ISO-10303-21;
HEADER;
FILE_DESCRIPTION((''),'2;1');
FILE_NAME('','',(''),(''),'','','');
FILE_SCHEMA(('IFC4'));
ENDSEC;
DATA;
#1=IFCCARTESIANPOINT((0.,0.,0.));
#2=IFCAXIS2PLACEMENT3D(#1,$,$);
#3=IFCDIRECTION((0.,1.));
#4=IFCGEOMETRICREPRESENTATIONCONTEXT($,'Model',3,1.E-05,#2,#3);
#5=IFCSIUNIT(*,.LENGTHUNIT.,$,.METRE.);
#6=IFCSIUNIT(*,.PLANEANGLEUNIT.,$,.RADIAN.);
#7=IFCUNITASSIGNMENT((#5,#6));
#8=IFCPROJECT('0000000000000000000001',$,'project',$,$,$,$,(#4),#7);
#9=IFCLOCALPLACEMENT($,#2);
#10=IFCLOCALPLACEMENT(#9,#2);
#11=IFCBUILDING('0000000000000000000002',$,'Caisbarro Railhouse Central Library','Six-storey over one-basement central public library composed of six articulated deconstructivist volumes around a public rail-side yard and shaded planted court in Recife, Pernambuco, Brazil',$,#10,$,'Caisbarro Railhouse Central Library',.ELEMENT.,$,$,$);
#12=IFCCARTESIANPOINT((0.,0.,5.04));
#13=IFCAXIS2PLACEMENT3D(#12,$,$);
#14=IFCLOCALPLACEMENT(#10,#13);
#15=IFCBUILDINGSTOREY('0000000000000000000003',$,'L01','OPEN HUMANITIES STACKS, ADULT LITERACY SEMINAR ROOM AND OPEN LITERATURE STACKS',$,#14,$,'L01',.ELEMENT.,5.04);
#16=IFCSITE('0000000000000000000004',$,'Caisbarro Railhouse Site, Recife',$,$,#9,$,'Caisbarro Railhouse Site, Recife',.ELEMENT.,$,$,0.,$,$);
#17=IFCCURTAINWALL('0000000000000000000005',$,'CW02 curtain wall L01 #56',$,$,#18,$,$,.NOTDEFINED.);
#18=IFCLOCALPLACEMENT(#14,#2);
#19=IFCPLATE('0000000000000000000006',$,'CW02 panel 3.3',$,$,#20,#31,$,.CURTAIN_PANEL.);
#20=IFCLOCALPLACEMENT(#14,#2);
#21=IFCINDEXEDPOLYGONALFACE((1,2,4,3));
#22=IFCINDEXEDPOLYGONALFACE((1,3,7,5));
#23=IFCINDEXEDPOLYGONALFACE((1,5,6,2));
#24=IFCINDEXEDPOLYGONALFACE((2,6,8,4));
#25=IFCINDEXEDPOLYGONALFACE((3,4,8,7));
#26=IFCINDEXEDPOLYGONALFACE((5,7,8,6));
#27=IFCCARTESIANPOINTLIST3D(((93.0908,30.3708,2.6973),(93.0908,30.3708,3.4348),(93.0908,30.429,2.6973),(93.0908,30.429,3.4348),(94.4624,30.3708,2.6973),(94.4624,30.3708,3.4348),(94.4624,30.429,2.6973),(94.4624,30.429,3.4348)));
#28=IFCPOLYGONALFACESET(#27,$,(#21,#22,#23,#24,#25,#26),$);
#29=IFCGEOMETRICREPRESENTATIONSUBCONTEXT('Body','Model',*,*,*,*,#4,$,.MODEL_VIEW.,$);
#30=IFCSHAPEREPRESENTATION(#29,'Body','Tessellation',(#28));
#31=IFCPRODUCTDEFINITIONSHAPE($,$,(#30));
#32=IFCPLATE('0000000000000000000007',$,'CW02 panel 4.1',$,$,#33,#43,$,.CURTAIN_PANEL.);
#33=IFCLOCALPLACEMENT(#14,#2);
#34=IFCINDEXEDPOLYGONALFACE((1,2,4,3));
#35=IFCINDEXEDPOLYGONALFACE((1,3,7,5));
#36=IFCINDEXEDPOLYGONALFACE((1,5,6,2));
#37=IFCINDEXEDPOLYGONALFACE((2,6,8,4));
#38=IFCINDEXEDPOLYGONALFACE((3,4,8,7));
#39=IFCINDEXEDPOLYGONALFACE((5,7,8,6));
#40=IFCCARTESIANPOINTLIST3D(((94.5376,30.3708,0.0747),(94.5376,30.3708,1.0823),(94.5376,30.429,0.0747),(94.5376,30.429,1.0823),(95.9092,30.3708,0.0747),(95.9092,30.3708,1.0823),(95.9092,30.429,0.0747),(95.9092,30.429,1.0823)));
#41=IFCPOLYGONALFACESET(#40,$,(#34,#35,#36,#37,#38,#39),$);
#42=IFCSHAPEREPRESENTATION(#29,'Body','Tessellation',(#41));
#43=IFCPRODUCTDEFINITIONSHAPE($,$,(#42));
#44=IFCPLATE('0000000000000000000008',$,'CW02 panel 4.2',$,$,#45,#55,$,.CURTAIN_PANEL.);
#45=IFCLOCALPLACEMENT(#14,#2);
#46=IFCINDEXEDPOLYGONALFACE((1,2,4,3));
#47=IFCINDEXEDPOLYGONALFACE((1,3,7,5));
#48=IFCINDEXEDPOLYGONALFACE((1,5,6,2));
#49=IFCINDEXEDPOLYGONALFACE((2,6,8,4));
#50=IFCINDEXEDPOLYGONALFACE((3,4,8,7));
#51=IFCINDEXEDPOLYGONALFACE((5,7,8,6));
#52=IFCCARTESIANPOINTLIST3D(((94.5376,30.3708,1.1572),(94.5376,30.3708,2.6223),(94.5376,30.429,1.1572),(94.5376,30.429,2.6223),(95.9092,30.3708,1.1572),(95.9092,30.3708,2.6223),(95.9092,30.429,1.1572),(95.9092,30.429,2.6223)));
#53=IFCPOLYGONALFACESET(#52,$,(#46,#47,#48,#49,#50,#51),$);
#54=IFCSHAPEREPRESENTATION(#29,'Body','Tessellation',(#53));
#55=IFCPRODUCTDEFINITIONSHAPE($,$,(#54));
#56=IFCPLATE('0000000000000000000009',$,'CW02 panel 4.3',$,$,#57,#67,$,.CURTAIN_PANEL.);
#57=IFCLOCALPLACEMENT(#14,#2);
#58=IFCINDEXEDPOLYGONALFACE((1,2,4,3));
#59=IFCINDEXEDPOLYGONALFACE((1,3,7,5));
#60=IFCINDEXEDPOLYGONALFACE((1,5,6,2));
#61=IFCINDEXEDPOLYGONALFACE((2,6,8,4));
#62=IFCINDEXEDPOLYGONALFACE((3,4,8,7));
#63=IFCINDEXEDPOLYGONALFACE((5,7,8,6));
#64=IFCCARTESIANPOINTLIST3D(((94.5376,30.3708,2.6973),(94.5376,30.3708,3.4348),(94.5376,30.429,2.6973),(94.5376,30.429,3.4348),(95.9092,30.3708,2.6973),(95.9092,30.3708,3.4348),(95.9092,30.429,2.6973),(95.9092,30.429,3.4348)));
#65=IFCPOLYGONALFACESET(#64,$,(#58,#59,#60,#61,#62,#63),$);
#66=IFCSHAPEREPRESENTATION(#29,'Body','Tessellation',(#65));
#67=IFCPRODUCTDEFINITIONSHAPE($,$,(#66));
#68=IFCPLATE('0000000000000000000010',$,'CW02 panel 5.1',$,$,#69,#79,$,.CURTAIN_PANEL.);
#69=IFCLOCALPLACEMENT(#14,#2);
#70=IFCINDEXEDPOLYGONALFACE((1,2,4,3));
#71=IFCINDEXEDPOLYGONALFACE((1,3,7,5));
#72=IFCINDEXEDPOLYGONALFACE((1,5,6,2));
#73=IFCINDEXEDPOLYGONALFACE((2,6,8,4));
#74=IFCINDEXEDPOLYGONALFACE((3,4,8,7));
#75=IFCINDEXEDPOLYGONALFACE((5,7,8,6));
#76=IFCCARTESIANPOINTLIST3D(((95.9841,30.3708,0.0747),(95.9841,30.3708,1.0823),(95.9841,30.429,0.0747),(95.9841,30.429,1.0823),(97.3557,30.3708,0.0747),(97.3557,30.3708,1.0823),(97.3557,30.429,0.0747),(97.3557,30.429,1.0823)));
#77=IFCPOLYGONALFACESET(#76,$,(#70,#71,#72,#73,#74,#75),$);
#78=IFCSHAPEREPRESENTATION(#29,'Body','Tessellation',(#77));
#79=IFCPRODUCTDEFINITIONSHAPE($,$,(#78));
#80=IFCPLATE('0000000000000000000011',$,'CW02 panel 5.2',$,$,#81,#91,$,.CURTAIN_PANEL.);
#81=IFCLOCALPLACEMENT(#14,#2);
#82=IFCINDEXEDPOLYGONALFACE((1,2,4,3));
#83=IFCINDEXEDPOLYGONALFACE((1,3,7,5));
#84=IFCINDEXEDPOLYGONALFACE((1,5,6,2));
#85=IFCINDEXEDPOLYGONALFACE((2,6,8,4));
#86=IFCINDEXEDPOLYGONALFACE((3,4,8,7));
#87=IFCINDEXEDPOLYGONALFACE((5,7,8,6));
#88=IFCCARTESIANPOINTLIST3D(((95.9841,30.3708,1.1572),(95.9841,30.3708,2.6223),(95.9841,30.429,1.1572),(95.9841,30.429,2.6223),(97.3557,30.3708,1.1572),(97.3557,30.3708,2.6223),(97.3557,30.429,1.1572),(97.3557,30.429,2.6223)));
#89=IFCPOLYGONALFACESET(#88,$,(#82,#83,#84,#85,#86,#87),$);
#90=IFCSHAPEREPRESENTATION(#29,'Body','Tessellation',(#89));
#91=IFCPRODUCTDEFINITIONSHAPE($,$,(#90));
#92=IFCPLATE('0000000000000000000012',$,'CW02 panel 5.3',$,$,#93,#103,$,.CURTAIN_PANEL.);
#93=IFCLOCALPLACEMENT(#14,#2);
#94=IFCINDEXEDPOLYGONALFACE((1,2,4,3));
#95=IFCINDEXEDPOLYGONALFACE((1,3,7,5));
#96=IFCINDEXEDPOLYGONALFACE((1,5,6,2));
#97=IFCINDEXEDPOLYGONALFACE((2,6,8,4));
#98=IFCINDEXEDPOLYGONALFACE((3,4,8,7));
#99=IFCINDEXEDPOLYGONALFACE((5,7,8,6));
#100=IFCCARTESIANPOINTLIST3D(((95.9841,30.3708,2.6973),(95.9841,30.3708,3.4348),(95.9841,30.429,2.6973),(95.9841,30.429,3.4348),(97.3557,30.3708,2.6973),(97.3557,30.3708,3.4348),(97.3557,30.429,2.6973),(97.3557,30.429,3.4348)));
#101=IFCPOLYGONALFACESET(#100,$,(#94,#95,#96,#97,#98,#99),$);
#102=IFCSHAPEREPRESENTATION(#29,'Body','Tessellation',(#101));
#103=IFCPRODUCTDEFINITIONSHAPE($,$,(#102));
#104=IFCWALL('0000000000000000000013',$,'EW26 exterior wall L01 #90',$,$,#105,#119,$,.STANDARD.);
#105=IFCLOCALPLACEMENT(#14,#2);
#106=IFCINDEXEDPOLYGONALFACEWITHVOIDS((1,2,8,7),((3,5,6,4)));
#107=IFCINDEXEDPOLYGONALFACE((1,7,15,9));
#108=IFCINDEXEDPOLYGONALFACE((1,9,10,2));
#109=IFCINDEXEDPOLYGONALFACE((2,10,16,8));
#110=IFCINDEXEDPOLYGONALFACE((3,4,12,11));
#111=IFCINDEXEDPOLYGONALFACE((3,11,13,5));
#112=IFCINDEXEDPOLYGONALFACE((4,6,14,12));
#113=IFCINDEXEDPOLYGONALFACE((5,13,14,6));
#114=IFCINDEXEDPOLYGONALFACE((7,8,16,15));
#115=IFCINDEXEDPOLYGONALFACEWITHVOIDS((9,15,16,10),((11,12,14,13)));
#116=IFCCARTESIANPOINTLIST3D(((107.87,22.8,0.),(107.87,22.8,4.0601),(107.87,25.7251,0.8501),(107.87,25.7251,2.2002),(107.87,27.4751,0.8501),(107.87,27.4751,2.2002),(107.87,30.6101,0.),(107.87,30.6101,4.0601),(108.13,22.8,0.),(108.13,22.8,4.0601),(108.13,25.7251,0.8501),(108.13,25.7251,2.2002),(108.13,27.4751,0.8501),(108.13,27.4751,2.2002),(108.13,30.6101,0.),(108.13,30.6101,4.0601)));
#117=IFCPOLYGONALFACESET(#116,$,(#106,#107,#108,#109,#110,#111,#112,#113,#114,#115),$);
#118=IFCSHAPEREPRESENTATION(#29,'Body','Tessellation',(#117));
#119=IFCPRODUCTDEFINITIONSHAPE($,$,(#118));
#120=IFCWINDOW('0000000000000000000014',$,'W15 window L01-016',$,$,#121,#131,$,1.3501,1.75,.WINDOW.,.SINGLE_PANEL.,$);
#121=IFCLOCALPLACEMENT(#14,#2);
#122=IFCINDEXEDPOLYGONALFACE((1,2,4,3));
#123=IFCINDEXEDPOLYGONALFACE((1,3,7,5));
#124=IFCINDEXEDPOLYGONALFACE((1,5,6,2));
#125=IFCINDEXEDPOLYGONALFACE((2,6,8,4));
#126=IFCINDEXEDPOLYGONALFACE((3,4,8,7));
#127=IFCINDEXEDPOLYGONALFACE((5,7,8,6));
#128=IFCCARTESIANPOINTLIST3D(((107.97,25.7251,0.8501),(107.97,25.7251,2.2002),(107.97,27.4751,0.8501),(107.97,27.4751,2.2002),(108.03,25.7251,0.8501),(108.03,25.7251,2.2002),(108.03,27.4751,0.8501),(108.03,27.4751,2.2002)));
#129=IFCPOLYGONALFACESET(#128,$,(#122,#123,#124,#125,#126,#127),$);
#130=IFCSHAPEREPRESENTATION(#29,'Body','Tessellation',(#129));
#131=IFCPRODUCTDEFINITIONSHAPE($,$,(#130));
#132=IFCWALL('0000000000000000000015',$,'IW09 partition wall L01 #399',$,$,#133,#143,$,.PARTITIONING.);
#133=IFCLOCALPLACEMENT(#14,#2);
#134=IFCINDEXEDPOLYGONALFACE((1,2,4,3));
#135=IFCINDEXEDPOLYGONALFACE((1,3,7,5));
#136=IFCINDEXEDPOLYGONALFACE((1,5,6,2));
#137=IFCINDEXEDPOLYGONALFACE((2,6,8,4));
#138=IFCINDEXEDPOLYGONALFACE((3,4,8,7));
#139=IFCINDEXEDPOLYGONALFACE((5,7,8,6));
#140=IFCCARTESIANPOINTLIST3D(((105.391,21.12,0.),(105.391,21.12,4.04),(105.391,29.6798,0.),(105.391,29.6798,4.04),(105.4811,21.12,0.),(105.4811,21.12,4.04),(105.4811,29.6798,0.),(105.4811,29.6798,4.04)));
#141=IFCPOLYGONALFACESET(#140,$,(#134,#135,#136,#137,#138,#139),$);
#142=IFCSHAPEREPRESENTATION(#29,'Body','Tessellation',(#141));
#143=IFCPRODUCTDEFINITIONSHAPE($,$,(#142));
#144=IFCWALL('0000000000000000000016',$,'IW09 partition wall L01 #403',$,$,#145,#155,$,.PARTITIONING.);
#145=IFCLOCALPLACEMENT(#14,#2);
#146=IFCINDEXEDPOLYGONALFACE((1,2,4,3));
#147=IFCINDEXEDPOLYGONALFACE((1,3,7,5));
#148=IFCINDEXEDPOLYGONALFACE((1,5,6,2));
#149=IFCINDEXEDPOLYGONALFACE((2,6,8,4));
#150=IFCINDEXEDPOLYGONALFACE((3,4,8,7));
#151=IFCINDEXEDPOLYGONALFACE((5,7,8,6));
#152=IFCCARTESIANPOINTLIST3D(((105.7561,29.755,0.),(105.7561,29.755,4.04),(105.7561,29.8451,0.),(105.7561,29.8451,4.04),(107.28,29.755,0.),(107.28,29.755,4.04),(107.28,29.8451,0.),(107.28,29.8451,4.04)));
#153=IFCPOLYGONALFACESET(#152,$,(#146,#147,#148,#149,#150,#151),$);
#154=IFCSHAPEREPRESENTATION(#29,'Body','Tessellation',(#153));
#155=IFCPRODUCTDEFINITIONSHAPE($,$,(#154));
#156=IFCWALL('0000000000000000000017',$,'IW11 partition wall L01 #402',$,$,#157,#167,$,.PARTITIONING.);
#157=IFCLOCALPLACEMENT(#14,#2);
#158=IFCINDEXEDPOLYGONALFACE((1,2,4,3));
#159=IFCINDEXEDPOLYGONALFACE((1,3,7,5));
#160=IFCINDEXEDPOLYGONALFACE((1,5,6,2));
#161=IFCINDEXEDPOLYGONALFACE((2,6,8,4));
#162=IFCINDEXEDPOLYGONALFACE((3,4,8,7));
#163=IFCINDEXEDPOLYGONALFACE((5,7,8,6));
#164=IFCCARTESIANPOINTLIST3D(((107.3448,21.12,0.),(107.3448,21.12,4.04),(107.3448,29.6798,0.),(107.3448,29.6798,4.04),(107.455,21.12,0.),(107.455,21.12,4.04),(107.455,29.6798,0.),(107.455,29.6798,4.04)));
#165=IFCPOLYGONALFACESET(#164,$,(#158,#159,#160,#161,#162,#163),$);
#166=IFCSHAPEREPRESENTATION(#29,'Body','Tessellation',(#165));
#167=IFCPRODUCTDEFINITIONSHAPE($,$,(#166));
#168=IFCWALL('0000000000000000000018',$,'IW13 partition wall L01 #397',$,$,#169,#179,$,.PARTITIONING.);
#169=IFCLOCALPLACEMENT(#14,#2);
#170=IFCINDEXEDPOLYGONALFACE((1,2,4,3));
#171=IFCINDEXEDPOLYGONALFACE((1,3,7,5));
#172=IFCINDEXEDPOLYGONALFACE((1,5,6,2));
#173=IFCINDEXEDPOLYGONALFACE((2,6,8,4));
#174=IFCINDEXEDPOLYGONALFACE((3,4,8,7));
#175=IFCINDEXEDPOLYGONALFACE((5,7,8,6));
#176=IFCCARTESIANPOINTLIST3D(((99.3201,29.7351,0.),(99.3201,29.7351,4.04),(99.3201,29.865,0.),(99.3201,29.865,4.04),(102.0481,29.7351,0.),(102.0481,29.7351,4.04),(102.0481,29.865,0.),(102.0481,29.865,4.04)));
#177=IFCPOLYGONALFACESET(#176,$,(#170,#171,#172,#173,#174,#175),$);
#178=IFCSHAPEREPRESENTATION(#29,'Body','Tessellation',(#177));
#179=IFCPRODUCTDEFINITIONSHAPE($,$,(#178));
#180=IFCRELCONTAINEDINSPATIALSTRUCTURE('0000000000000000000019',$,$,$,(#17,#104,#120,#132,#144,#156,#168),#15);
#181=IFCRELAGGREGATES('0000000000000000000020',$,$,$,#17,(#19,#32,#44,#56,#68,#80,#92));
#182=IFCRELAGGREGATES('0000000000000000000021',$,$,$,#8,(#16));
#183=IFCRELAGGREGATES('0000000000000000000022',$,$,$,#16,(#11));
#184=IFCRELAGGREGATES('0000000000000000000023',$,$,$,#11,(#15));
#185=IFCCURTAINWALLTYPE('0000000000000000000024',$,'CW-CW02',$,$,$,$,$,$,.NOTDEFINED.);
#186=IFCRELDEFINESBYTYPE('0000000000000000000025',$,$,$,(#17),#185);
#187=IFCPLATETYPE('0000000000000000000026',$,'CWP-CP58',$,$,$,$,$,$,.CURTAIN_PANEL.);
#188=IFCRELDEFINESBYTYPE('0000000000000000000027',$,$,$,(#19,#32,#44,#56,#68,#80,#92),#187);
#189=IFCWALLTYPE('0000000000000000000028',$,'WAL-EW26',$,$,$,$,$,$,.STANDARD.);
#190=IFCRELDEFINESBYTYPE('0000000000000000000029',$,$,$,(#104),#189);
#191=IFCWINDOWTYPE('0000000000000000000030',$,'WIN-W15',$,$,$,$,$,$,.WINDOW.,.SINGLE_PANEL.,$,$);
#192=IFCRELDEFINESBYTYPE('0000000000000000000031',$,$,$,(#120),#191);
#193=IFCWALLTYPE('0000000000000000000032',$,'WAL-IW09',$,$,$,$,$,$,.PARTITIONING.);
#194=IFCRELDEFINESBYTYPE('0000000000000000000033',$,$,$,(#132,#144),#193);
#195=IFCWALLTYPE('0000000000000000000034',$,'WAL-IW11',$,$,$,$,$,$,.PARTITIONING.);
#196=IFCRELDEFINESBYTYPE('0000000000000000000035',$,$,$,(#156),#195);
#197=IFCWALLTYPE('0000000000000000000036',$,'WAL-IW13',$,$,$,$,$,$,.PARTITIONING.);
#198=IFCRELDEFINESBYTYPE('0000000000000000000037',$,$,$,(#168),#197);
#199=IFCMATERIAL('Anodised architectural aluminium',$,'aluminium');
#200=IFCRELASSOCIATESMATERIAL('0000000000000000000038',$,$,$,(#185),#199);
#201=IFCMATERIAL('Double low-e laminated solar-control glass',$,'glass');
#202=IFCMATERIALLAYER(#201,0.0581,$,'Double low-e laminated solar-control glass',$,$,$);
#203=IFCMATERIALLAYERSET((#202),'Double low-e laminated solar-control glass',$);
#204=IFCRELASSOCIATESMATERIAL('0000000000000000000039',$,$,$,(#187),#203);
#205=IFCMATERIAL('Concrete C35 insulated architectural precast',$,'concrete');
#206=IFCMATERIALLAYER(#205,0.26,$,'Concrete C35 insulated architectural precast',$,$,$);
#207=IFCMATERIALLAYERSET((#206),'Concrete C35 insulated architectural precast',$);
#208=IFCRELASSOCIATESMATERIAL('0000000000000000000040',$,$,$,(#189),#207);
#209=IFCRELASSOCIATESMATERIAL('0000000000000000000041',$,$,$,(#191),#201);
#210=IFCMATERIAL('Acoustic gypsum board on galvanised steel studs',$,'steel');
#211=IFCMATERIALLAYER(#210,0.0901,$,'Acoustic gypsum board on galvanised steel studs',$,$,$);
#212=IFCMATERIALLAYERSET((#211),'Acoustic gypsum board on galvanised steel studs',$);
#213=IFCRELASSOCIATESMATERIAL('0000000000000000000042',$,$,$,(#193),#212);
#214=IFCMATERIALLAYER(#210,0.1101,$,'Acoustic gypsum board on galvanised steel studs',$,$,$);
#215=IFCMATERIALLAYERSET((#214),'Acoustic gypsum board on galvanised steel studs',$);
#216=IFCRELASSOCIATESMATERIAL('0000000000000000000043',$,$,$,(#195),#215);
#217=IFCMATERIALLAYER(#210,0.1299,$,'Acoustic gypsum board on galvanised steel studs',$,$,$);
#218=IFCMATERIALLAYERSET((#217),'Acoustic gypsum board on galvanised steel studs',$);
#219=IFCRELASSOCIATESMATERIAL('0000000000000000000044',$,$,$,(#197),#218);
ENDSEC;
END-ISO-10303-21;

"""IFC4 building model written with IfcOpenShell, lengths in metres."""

from ifc_helpers import new_model, si_unit, direction, frame, frame_2d, origin, origin_2d, place, context, subcontext, project, spatial, rectangle, extrude, material, layer, layer_set, type_object, element, fill, aggregate, save


model = new_model("IFC4")

# Units and contexts
model_context = context("Model", 3, precision=1e-05, world=origin(), true_north=direction((0.0, 1.0)))
body_context = subcontext(model_context, "Body", "Model", "MODEL_VIEW")
ifc_project = project(units=[si_unit("LENGTHUNIT", "METRE"), si_unit("PLANEANGLEUNIT", "RADIAN")], contexts=[model_context])

# Site, building, storey
site_placement = place(None, origin())
site = spatial("IfcSite", under=ifc_project, at=site_placement, Name="Caisbarro Railhouse Site, Recife", LongName="Caisbarro Railhouse Site, Recife", CompositionType="ELEMENT", RefElevation=0.0)
building_placement = place(site_placement, origin())
building = spatial("IfcBuilding", under=site, at=building_placement, Name="Caisbarro Railhouse Central Library", Description="Six-storey over one-basement central public library composed of six articulated deconstructivist volumes around a public rail-side yard and shaded planted court in Recife, Pernambuco, Brazil", LongName="Caisbarro Railhouse Central Library", CompositionType="ELEMENT")
storey_placement = place(building_placement, frame((0.0, 0.0, 5.04)))
storey = spatial("IfcBuildingStorey", under=building, at=storey_placement, Name="L01", Description="OPEN HUMANITIES STACKS, ADULT LITERACY SEMINAR ROOM AND OPEN LITERATURE STACKS", LongName="L01", CompositionType="ELEMENT", Elevation=5.04)

# Curtain wall, plates
ifc_material_1 = material(Name="Anodised architectural aluminium", Category="aluminium")
curtain_wall_type = type_object("IfcCurtainWallType", Name="CW-CW02", PredefinedType="NOTDEFINED", material=ifc_material_1)
curtain_wall_placement = place(storey_placement, origin())
curtain_wall = element("IfcCurtainWall", 1, at=curtain_wall_placement, inside=storey, type_object=curtain_wall_type, Name="CW02 curtain wall L01 #56", PredefinedType="NOTDEFINED")
ifc_material_2 = material(Name="Double low-e laminated solar-control glass", Category="glass")
ifc_layer_1 = layer(ifc_material_2, 0.0581, Name="Double low-e laminated solar-control glass")
ifc_layer_set_1 = layer_set([ifc_layer_1], Name="Double low-e laminated solar-control glass")
plate_type = type_object("IfcPlateType", Name="CWP-CP58", PredefinedType="CURTAIN_PANEL", material=ifc_layer_set_1)
plate_1_placement = place(storey_placement, frame((93.7766, 30.3999, 2.6973), z_axis=(0.0, 0.0, 1.0), x_axis=(1.0, 0.0, 0.0)))
plate_1 = element("IfcPlate", 2, at=plate_1_placement, type_object=plate_type, Name="CW02 panel 3.3", PredefinedType="CURTAIN_PANEL", context=body_context, shape_type="SweptSolid", body=[
    extrude(rectangle(XDim=1.3716, YDim=0.0581, at=origin_2d()), origin(), (0.0, 0.0, 1.0), 0.7375),
])
plate_2_placement = place(storey_placement, frame((95.2234, 30.3999, 0.0747), z_axis=(0.0, 0.0, 1.0), x_axis=(1.0, 0.0, 0.0)))
plate_2 = element("IfcPlate", 3, at=plate_2_placement, type_object=plate_type, Name="CW02 panel 4.1", PredefinedType="CURTAIN_PANEL", context=body_context, shape_type="SweptSolid", body=[
    extrude(rectangle(XDim=1.3716, YDim=0.0581, at=origin_2d()), origin(), (0.0, 0.0, 1.0), 1.0076),
])
plate_3_placement = place(storey_placement, frame((95.2234, 30.3999, 1.1572), z_axis=(0.0, 0.0, 1.0), x_axis=(1.0, 0.0, 0.0)))
plate_3 = element("IfcPlate", 4, at=plate_3_placement, type_object=plate_type, Name="CW02 panel 4.2", PredefinedType="CURTAIN_PANEL", context=body_context, shape_type="SweptSolid", body=[
    extrude(rectangle(XDim=1.3716, YDim=0.0581, at=origin_2d()), origin(), (0.0, 0.0, 1.0), 1.4651),
])
plate_4_placement = place(storey_placement, frame((95.2234, 30.3999, 2.6973), z_axis=(0.0, 0.0, 1.0), x_axis=(1.0, 0.0, 0.0)))
plate_4 = element("IfcPlate", 5, at=plate_4_placement, type_object=plate_type, Name="CW02 panel 4.3", PredefinedType="CURTAIN_PANEL", context=body_context, shape_type="SweptSolid", body=[
    extrude(rectangle(XDim=1.3716, YDim=0.0581, at=origin_2d()), origin(), (0.0, 0.0, 1.0), 0.7375),
])
plate_5_placement = place(storey_placement, frame((96.6699, 30.3999, 0.0747), z_axis=(0.0, 0.0, 1.0), x_axis=(1.0, 0.0, 0.0)))
plate_5 = element("IfcPlate", 6, at=plate_5_placement, type_object=plate_type, Name="CW02 panel 5.1", PredefinedType="CURTAIN_PANEL", context=body_context, shape_type="SweptSolid", body=[
    extrude(rectangle(XDim=1.3716, YDim=0.0581, at=origin_2d()), origin(), (0.0, 0.0, 1.0), 1.0076),
])
plate_6_placement = place(storey_placement, frame((96.6699, 30.3999, 1.1572), z_axis=(0.0, 0.0, 1.0), x_axis=(1.0, 0.0, 0.0)))
plate_6 = element("IfcPlate", 7, at=plate_6_placement, type_object=plate_type, Name="CW02 panel 5.2", PredefinedType="CURTAIN_PANEL", context=body_context, shape_type="SweptSolid", body=[
    extrude(rectangle(XDim=1.3716, YDim=0.0581, at=origin_2d()), origin(), (0.0, 0.0, 1.0), 1.4651),
])
plate_7_placement = place(storey_placement, frame((96.6699, 30.3999, 2.6973), z_axis=(0.0, 0.0, 1.0), x_axis=(1.0, 0.0, 0.0)))
plate_7 = element("IfcPlate", 8, at=plate_7_placement, type_object=plate_type, Name="CW02 panel 5.3", PredefinedType="CURTAIN_PANEL", context=body_context, shape_type="SweptSolid", body=[
    extrude(rectangle(XDim=1.3716, YDim=0.0581, at=origin_2d()), origin(), (0.0, 0.0, 1.0), 0.7375),
])
aggregate(curtain_wall, [plate_1, plate_2, plate_3, plate_4, plate_5, plate_6, plate_7])

# Wall, opening, window
ifc_material_3 = material(Name="Concrete C35 insulated architectural precast", Category="concrete")
ifc_layer_2 = layer(ifc_material_3, 0.26, Name="Concrete C35 insulated architectural precast")
ifc_layer_set_2 = layer_set([ifc_layer_2], Name="Concrete C35 insulated architectural precast")
wall_type_1 = type_object("IfcWallType", Name="WAL-EW26", PredefinedType="STANDARD", material=ifc_layer_set_2)
wall_1_placement = place(storey_placement, frame((108.0, 22.8, 0.0), z_axis=(0.0, 0.0, 1.0), x_axis=(0.0, 1.0, 0.0)))
wall_1 = element("IfcWall", 9, at=wall_1_placement, inside=storey, type_object=wall_type_1, Name="EW26 exterior wall L01 #90", PredefinedType="STANDARD", context=body_context, shape_type="SweptSolid", body=[
    extrude(rectangle(XDim=7.8101, YDim=0.26, at=frame_2d((3.905, 0.0))), origin(), (0.0, 0.0, 1.0), 4.0601),
])
opening_placement = place(wall_1_placement, frame((2.925, 0.0, 0.8501)))
opening = element("IfcOpeningElement", 10, at=opening_placement, cuts=wall_1, PredefinedType="OPENING", context=body_context, shape_type="SweptSolid", body=[
    extrude(rectangle(XDim=1.75, YDim=1.3501, at=frame_2d((0.875, 0.675))), frame((0.0, 0.1401, 0.0), z_axis=(0.0, -1.0, 0.0), x_axis=(1.0, 0.0, 0.0)), (0.0, 0.0, 1.0), 0.28),
])
window_type = type_object("IfcWindowType", Name="WIN-W15", PartitioningType="SINGLE_PANEL", PredefinedType="WINDOW", material=ifc_material_2)
window_placement = place(opening_placement, origin())
window = element("IfcWindow", 11, at=window_placement, inside=storey, type_object=window_type, Name="W15 window L01-016", OverallHeight=1.3501, OverallWidth=1.75, PartitioningType="SINGLE_PANEL", PredefinedType="WINDOW", context=body_context, shape_type="SweptSolid", body=[
    extrude(rectangle(XDim=1.75, YDim=1.3501, at=frame_2d((0.875, 0.675))), frame((0.0, 0.03, 0.0), z_axis=(0.0, -1.0, 0.0), x_axis=(1.0, 0.0, 0.0)), (0.0, 0.0, 1.0), 0.0601),
])
fill(opening, window)

# Walls
ifc_material_4 = material(Name="Acoustic gypsum board on galvanised steel studs", Category="steel")
ifc_layer_3 = layer(ifc_material_4, 0.0901, Name="Acoustic gypsum board on galvanised steel studs")
ifc_layer_set_3 = layer_set([ifc_layer_3], Name="Acoustic gypsum board on galvanised steel studs")
wall_type_2 = type_object("IfcWallType", Name="WAL-IW09", PredefinedType="PARTITIONING", material=ifc_layer_set_3)
wall_2_placement = place(storey_placement, frame((105.436, 21.1201, 0.0), z_axis=(0.0, 0.0, 1.0), x_axis=(0.0, 1.0, 0.0)))
element("IfcWall", 12, at=wall_2_placement, inside=storey, type_object=wall_type_2, Name="IW09 partition wall L01 #399", PredefinedType="PARTITIONING", context=body_context, shape_type="SweptSolid", body=[
    extrude(rectangle(XDim=8.5598, YDim=0.0901, at=frame_2d((4.2798, 0.0))), origin(), (0.0, 0.0, 1.0), 4.04),
])
wall_3_placement = place(storey_placement, frame((105.7561, 29.8, 0.0), z_axis=(0.0, 0.0, 1.0), x_axis=(1.0, 0.0, 0.0)))
element("IfcWall", 13, at=wall_3_placement, inside=storey, type_object=wall_type_2, Name="IW09 partition wall L01 #403", PredefinedType="PARTITIONING", context=body_context, shape_type="SweptSolid", body=[
    extrude(rectangle(XDim=1.5239, YDim=0.0901, at=frame_2d((0.762, 0.0))), origin(), (0.0, 0.0, 1.0), 4.04),
])
ifc_layer_4 = layer(ifc_material_4, 0.1101, Name="Acoustic gypsum board on galvanised steel studs")
ifc_layer_set_4 = layer_set([ifc_layer_4], Name="Acoustic gypsum board on galvanised steel studs")
wall_type_3 = type_object("IfcWallType", Name="WAL-IW11", PredefinedType="PARTITIONING", material=ifc_layer_set_4)
wall_4_placement = place(storey_placement, frame((107.3999, 21.1201, 0.0), z_axis=(0.0, 0.0, 1.0), x_axis=(0.0, 1.0, 0.0)))
element("IfcWall", 14, at=wall_4_placement, inside=storey, type_object=wall_type_3, Name="IW11 partition wall L01 #402", PredefinedType="PARTITIONING", context=body_context, shape_type="SweptSolid", body=[
    extrude(rectangle(XDim=8.5598, YDim=0.1101, at=frame_2d((4.2798, 0.0))), origin(), (0.0, 0.0, 1.0), 4.04),
])
ifc_layer_5 = layer(ifc_material_4, 0.1299, Name="Acoustic gypsum board on galvanised steel studs")
ifc_layer_set_5 = layer_set([ifc_layer_5], Name="Acoustic gypsum board on galvanised steel studs")
wall_type_4 = type_object("IfcWallType", Name="WAL-IW13", PredefinedType="PARTITIONING", material=ifc_layer_set_5)
wall_5_placement = place(storey_placement, frame((99.3201, 29.8, 0.0), z_axis=(0.0, 0.0, 1.0), x_axis=(1.0, 0.0, 0.0)))
element("IfcWall", 15, at=wall_5_placement, inside=storey, type_object=wall_type_4, Name="IW13 partition wall L01 #397", PredefinedType="PARTITIONING", context=body_context, shape_type="SweptSolid", body=[
    extrude(rectangle(XDim=2.728, YDim=0.1299, at=frame_2d((1.364, 0.0))), origin(), (0.0, 0.0, 1.0), 4.04),
])

save(model, "model.ifc")
